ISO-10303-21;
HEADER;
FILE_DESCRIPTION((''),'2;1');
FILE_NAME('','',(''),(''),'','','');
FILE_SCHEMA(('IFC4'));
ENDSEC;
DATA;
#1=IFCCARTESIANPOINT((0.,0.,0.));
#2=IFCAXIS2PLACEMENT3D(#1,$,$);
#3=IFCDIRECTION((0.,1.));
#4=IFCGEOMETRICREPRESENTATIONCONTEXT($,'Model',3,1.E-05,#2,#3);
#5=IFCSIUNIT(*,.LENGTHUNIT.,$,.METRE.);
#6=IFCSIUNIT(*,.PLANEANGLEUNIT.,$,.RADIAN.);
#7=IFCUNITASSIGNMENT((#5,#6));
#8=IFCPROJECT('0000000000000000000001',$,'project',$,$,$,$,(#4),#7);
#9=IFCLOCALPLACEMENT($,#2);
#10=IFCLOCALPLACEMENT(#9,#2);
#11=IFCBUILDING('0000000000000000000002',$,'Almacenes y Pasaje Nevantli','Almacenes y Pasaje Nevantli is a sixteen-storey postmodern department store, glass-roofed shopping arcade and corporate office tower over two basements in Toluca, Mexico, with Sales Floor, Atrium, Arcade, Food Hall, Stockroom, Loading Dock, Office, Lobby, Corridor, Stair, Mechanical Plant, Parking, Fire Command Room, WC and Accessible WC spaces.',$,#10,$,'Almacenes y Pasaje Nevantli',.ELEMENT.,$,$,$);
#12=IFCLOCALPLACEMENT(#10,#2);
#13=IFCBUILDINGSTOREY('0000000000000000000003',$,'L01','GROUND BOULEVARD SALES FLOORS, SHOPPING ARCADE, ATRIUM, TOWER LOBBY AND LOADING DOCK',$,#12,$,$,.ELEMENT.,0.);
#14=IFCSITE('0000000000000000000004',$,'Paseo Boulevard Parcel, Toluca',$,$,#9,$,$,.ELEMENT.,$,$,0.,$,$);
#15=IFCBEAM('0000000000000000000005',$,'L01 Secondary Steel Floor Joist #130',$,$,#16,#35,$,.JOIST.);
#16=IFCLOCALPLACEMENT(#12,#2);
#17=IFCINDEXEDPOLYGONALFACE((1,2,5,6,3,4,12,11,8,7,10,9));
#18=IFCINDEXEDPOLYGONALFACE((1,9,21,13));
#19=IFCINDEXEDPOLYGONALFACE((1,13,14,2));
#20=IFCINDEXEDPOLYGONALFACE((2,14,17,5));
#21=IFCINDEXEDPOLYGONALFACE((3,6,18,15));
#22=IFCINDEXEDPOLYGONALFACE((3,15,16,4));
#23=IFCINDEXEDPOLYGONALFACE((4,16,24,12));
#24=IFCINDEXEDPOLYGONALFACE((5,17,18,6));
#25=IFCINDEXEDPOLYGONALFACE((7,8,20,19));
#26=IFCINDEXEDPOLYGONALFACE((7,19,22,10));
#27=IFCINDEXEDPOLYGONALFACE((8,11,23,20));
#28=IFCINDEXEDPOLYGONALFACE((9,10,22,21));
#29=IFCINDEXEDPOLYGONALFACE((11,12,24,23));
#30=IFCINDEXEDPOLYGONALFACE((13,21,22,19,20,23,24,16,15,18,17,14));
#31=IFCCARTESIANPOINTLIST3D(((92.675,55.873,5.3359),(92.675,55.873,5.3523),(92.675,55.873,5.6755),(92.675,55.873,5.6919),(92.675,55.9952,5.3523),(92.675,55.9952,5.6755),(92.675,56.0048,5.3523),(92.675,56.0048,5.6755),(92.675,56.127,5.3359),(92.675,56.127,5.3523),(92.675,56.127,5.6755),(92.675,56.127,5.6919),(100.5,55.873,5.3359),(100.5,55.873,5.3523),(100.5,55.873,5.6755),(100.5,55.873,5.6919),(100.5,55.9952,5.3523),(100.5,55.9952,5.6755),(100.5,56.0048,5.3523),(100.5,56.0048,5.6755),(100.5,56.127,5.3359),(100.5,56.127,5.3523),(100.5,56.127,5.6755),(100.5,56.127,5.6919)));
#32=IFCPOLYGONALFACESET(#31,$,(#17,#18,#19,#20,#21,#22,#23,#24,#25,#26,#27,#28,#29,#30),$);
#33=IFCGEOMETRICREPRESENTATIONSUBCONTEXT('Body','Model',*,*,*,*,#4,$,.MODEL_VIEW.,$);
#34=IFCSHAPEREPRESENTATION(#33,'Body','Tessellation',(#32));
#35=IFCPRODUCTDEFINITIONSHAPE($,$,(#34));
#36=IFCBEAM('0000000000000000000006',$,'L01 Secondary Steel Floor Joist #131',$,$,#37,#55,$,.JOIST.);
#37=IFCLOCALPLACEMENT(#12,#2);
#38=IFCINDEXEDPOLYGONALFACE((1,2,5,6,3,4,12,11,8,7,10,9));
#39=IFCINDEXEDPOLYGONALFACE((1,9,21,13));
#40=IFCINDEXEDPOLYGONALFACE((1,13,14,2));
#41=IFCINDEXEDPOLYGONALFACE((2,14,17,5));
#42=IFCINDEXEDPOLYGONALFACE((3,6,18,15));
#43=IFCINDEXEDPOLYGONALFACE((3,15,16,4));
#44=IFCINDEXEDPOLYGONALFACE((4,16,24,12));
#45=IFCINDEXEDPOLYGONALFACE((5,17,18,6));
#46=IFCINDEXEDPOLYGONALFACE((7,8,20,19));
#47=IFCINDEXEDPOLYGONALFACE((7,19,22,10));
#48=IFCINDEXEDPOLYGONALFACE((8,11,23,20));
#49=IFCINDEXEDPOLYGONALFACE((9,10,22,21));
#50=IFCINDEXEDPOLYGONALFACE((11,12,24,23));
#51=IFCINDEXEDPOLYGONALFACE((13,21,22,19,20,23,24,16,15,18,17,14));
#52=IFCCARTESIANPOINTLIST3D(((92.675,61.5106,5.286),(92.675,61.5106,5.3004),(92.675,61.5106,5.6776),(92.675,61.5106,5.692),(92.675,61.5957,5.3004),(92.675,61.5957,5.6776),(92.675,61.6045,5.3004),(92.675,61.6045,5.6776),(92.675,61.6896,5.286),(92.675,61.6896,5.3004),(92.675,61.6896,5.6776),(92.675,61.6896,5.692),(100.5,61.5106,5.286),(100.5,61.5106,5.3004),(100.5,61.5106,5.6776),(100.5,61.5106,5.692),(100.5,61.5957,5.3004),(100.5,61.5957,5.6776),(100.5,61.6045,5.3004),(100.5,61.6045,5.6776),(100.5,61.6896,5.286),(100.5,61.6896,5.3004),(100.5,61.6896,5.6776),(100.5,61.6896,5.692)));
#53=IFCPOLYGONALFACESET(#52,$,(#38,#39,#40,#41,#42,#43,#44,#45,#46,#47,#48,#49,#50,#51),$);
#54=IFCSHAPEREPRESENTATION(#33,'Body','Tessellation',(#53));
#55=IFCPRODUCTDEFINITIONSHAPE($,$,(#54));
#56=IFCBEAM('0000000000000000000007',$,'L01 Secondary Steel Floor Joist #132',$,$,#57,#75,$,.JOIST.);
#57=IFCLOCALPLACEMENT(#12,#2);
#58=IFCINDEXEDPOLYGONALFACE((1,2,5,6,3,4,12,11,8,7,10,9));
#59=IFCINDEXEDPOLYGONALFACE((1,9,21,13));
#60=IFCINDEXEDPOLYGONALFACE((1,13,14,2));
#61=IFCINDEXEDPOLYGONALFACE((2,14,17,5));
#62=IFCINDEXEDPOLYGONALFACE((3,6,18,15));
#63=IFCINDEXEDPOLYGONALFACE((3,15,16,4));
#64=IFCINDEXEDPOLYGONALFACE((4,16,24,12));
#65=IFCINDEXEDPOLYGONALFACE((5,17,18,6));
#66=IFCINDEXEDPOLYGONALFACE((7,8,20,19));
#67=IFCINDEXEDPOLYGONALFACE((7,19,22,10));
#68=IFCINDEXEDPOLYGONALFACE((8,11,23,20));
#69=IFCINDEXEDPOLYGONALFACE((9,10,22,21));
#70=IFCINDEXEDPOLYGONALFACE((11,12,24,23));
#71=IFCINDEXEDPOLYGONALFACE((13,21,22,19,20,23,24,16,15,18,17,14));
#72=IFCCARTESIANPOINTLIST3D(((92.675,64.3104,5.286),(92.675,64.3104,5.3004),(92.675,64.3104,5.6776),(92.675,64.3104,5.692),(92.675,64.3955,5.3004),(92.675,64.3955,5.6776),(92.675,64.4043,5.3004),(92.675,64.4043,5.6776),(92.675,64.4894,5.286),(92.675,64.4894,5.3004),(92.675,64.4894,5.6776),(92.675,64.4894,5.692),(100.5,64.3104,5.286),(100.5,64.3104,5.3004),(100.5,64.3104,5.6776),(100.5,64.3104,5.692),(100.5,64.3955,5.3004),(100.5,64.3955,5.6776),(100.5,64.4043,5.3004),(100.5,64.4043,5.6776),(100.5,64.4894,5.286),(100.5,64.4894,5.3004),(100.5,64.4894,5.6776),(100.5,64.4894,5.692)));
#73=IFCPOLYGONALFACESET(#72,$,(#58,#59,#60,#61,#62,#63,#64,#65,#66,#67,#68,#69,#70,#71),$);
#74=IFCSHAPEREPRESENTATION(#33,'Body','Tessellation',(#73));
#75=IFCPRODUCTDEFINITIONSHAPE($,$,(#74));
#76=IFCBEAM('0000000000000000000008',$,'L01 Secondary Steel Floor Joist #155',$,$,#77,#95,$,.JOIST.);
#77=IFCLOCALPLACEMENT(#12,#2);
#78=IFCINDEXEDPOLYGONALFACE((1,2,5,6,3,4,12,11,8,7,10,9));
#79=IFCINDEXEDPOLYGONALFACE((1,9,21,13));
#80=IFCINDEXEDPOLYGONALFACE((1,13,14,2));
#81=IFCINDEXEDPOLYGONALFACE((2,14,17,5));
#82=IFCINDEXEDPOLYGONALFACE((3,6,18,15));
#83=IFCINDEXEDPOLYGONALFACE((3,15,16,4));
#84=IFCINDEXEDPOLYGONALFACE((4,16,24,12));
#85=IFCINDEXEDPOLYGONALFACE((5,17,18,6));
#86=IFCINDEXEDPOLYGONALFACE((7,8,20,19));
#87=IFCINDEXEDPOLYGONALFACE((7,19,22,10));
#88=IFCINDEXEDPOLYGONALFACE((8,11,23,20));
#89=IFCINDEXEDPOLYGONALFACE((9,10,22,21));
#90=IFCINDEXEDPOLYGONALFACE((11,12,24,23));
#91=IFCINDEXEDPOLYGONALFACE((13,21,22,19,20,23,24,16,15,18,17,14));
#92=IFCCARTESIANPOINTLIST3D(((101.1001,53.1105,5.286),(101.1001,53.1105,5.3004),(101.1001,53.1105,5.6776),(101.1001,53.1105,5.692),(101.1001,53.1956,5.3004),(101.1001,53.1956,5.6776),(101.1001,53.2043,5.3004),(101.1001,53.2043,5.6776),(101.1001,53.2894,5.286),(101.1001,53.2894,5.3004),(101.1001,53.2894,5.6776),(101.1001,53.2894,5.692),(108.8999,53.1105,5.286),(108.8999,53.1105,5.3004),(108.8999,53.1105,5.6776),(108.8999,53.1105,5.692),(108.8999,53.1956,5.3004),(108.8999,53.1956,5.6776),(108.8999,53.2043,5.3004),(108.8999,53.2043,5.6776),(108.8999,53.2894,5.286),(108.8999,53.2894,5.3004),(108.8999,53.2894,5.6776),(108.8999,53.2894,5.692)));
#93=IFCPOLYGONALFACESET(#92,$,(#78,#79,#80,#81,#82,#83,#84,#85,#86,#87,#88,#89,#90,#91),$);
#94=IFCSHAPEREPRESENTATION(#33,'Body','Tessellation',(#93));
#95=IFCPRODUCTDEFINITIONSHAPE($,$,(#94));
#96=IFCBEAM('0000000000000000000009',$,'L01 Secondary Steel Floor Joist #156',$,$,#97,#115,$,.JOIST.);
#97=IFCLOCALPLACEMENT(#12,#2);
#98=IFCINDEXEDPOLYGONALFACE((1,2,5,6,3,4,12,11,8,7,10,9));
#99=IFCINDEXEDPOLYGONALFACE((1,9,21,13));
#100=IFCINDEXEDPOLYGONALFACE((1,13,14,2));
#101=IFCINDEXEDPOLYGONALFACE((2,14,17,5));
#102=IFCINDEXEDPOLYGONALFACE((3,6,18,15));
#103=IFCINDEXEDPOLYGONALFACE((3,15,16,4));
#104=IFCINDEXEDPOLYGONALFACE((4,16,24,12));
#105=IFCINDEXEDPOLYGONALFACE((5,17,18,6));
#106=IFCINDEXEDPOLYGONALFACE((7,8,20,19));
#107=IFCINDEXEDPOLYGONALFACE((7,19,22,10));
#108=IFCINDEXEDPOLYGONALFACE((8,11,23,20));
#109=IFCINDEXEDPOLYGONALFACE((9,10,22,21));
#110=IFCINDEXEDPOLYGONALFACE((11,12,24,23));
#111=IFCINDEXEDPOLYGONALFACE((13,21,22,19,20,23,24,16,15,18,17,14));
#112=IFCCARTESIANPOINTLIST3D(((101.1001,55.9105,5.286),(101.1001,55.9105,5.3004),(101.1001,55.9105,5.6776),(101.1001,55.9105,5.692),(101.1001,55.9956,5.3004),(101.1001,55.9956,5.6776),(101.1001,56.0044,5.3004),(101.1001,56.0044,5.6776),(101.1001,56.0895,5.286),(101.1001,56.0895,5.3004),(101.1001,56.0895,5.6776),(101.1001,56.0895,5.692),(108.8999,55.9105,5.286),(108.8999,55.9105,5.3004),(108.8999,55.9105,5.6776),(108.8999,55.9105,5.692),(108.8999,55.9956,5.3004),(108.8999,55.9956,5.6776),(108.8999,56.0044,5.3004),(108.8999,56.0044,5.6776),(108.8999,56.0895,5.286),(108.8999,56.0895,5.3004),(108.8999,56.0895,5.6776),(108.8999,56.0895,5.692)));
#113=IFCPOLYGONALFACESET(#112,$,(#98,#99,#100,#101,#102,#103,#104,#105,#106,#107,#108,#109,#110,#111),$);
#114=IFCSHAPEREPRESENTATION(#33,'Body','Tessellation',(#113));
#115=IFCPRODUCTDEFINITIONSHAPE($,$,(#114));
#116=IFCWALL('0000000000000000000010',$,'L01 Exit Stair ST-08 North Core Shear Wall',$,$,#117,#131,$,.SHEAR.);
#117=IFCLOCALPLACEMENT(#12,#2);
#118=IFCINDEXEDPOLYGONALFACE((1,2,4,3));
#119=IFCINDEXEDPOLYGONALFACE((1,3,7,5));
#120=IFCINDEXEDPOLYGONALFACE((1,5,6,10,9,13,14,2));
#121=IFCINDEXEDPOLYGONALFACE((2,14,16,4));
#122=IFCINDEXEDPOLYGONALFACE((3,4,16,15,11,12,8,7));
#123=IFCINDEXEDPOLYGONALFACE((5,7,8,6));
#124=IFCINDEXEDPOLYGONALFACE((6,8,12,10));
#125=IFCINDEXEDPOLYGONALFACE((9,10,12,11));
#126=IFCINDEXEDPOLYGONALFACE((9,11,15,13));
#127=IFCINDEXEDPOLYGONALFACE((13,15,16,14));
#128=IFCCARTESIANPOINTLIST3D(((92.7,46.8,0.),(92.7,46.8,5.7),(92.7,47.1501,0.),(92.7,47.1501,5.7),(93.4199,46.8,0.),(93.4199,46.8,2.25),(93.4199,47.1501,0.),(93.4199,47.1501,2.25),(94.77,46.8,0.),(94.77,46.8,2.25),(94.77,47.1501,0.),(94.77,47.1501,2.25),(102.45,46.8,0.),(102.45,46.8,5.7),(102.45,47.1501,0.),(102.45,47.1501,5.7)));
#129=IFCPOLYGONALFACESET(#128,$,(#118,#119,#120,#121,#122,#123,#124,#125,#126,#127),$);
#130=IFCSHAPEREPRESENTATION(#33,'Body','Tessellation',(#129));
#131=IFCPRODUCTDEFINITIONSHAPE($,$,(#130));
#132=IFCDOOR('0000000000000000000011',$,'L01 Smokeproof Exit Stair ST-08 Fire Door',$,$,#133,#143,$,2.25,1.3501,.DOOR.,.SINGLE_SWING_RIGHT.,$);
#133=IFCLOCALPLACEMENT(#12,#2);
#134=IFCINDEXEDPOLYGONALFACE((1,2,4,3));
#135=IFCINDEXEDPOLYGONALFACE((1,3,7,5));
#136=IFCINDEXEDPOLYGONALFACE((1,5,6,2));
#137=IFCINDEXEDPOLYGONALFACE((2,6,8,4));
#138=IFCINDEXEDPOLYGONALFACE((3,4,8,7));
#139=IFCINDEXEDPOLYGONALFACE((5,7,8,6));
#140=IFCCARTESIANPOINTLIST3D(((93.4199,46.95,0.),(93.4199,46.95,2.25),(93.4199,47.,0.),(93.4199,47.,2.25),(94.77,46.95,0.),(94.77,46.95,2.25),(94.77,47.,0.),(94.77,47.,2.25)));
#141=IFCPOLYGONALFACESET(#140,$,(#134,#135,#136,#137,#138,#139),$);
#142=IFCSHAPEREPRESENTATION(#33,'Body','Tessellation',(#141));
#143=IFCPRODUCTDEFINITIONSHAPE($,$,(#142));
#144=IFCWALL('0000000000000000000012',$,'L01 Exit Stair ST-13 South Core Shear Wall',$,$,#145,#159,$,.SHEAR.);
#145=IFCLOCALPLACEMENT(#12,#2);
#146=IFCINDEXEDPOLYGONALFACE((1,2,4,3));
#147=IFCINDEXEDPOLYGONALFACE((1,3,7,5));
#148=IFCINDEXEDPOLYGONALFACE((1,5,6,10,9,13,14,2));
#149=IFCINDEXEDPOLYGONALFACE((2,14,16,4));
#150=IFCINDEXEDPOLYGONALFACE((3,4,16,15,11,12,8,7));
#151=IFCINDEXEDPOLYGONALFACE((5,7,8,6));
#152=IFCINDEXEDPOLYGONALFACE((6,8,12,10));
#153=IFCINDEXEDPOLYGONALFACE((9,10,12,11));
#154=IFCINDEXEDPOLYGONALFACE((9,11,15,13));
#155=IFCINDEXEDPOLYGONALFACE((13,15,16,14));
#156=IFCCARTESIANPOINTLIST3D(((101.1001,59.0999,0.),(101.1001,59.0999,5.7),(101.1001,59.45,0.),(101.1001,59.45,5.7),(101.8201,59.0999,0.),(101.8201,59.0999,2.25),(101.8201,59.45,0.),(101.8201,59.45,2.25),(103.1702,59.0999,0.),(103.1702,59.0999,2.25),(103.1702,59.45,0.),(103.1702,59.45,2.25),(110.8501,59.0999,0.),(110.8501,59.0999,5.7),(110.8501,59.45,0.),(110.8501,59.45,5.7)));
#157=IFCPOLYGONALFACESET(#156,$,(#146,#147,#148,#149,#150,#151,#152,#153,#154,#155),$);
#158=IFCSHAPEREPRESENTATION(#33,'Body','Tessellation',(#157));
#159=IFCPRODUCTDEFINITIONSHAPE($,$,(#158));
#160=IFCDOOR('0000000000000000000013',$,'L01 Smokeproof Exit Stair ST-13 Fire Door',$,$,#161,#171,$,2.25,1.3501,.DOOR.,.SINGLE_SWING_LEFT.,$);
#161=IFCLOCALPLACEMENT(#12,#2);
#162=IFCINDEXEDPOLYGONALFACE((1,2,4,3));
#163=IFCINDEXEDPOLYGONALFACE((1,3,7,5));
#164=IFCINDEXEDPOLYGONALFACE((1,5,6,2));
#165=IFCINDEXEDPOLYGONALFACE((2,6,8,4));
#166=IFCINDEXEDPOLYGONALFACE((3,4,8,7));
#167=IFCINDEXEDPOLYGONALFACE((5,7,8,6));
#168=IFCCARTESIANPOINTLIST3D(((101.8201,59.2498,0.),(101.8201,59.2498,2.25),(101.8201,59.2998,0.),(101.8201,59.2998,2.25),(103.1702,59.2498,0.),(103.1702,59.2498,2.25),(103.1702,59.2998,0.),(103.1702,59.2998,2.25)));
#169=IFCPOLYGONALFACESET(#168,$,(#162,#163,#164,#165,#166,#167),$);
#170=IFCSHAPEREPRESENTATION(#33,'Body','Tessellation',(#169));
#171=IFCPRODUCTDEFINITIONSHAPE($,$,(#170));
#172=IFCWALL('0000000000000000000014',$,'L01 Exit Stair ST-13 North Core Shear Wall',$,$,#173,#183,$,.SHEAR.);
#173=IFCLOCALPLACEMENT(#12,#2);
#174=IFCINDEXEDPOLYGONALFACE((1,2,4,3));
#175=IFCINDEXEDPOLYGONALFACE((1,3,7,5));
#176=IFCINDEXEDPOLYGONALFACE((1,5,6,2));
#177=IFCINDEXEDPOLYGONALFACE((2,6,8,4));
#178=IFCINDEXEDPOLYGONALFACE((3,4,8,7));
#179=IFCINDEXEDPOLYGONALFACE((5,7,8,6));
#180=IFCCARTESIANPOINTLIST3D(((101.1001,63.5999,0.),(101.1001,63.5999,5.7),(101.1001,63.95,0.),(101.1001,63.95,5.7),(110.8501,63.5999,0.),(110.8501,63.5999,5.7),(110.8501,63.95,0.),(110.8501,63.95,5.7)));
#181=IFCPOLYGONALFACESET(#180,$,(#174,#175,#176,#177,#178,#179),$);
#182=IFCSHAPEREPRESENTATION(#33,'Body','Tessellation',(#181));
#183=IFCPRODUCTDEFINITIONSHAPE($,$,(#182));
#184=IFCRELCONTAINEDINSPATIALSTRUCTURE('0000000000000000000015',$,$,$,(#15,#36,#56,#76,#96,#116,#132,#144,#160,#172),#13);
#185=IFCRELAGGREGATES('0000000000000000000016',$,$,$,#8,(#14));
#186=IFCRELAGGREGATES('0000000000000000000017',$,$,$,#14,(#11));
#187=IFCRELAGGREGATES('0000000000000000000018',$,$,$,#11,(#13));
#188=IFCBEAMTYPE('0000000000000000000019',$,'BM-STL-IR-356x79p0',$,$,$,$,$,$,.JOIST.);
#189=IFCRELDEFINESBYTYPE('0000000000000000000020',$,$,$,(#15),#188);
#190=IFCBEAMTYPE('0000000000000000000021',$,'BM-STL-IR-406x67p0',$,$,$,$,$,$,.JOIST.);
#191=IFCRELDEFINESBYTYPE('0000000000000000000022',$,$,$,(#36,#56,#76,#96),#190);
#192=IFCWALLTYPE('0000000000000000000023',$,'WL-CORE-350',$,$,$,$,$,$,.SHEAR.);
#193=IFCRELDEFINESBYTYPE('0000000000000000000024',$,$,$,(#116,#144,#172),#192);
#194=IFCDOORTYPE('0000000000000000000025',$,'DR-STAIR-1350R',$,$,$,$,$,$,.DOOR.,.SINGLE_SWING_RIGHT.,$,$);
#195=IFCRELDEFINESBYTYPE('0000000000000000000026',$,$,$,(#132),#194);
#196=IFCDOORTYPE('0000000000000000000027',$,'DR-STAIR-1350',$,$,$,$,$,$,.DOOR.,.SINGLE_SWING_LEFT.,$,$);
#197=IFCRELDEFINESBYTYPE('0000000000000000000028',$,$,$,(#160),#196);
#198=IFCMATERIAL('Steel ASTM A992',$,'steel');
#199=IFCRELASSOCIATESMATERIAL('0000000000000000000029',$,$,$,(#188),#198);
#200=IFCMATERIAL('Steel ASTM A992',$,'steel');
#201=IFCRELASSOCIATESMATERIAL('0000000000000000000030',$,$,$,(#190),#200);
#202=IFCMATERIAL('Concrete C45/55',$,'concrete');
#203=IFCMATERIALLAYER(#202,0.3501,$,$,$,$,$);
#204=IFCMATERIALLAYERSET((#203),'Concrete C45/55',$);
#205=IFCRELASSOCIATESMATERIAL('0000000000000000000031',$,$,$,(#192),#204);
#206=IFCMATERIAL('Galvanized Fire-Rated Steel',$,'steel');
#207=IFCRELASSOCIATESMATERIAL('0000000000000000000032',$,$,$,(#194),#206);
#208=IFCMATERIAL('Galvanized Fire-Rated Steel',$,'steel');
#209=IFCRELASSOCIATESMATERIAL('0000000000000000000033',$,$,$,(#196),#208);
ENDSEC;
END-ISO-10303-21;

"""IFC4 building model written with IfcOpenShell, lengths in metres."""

from ifc_helpers import new_model, si_unit, direction, frame, frame_2d, origin, origin_2d, place, context, subcontext, project, spatial, rectangle, i_section, extrude, material, layer, layer_set, material_profile, profile_set, type_object, element, fill, save


model = new_model("IFC4")

# Units and contexts
model_context = context("Model", 3, precision=1e-05, world=origin(), true_north=direction((0.0, 1.0)))
body_context = subcontext(model_context, "Body", "Model", "MODEL_VIEW")
ifc_project = project(units=[si_unit("LENGTHUNIT", "METRE"), si_unit("PLANEANGLEUNIT", "RADIAN")], contexts=[model_context])

# Site, building, storey
site_placement = place(None, origin())
site = spatial("IfcSite", under=ifc_project, at=site_placement, Name="Paseo Boulevard Parcel, Toluca", CompositionType="ELEMENT", RefElevation=0.0)
building_placement = place(site_placement, origin())
building = spatial("IfcBuilding", under=site, at=building_placement, Name="Almacenes y Pasaje Nevantli", Description="Almacenes y Pasaje Nevantli is a sixteen-storey postmodern department store, glass-roofed shopping arcade and corporate office tower over two basements in Toluca, Mexico, with Sales Floor, Atrium, Arcade, Food Hall, Stockroom, Loading Dock, Office, Lobby, Corridor, Stair, Mechanical Plant, Parking, Fire Command Room, WC and Accessible WC spaces.", LongName="Almacenes y Pasaje Nevantli", CompositionType="ELEMENT")
storey_placement = place(building_placement, origin())
storey = spatial("IfcBuildingStorey", under=building, at=storey_placement, Name="L01", Description="GROUND BOULEVARD SALES FLOORS, SHOPPING ARCADE, ATRIUM, TOWER LOBBY AND LOADING DOCK", CompositionType="ELEMENT", Elevation=0.0)

# Beams
ifc_material_1 = material(Name="Steel ASTM A992", Category="steel")
ifc_material_profile_1 = material_profile(ifc_material_1, i_section(OverallWidth=0.2539, OverallDepth=0.356, WebThickness=0.0095, FlangeThickness=0.0164, at=origin_2d()), Name="IR 356x79.0")
ifc_profile_set_1 = profile_set([ifc_material_profile_1], Name="Steel ASTM A992")
beam_type_1 = type_object("IfcBeamType", Name="BM-STL-IR-356x79p0", PredefinedType="JOIST", material=ifc_profile_set_1)
for number, where, z_axis, x_axis, name in (
    (1, (92.675, 56.0, 5.5139), (1.0, 0.0, 0.0), (0.0, 1.0, 0.0), "L01 Secondary Steel Floor Joist #130"),
):
    element("IfcBeam", number, at=place(storey_placement, frame(where, z_axis=z_axis, x_axis=x_axis)), inside=storey, type_object=beam_type_1, Name=name, PredefinedType="JOIST", context=body_context, shape_type="SweptSolid", body=[
        extrude(i_section(OverallWidth=0.2539, OverallDepth=0.356, WebThickness=0.0095, FlangeThickness=0.0164, at=origin_2d()), origin(), (0.0, 0.0, 1.0), 7.825),
    ])
ifc_material_2 = material(Name="Steel ASTM A992", Category="steel")
ifc_material_profile_2 = material_profile(ifc_material_2, i_section(OverallWidth=0.179, OverallDepth=0.406, WebThickness=0.0088, FlangeThickness=0.0144, at=origin_2d()), Name="IR 406x67.0")
ifc_profile_set_2 = profile_set([ifc_material_profile_2], Name="Steel ASTM A992")
beam_type_2 = type_object("IfcBeamType", Name="BM-STL-IR-406x67p0", PredefinedType="JOIST", material=ifc_profile_set_2)
for number, where, z_axis, x_axis, name in (
    (2, (92.675, 61.6001, 5.489), (1.0, 0.0, 0.0), (0.0, 1.0, 0.0), "L01 Secondary Steel Floor Joist #131"),
    (3, (92.675, 64.3999, 5.489), (1.0, 0.0, 0.0), (0.0, 1.0, 0.0), "L01 Secondary Steel Floor Joist #132"),
):
    element("IfcBeam", number, at=place(storey_placement, frame(where, z_axis=z_axis, x_axis=x_axis)), inside=storey, type_object=beam_type_2, Name=name, PredefinedType="JOIST", context=body_context, shape_type="SweptSolid", body=[
        extrude(i_section(OverallWidth=0.179, OverallDepth=0.406, WebThickness=0.0088, FlangeThickness=0.0144, at=origin_2d()), origin(), (0.0, 0.0, 1.0), 7.825),
    ])
for number, where, z_axis, x_axis, name in (
    (4, (101.1001, 53.2, 5.489), (1.0, 0.0, 0.0), (0.0, 1.0, 0.0), "L01 Secondary Steel Floor Joist #155"),
    (5, (101.1001, 56.0, 5.489), (1.0, 0.0, 0.0), (0.0, 1.0, 0.0), "L01 Secondary Steel Floor Joist #156"),
):
    element("IfcBeam", number, at=place(storey_placement, frame(where, z_axis=z_axis, x_axis=x_axis)), inside=storey, type_object=beam_type_2, Name=name, PredefinedType="JOIST", context=body_context, shape_type="SweptSolid", body=[
        extrude(i_section(OverallWidth=0.179, OverallDepth=0.406, WebThickness=0.0088, FlangeThickness=0.0144, at=origin_2d()), origin(), (0.0, 0.0, 1.0), 7.7998),
    ])

# Walls, openings, doors
ifc_material_3 = material(Name="Concrete C45/55", Category="concrete")
ifc_layer_1 = layer(ifc_material_3, 0.3501)
ifc_layer_set_1 = layer_set([ifc_layer_1], Name="Concrete C45/55")
wall_type = type_object("IfcWallType", Name="WL-CORE-350", PredefinedType="SHEAR", material=ifc_layer_set_1)
wall_1_placement = place(storey_placement, frame((92.7, 46.9751, 0.0), z_axis=(0.0, 0.0, 1.0), x_axis=(1.0, 0.0, 0.0)))
wall_1 = element("IfcWall", 6, at=wall_1_placement, inside=storey, type_object=wall_type, Name="L01 Exit Stair ST-08 North Core Shear Wall", PredefinedType="SHEAR", context=body_context, shape_type="SweptSolid", body=[
    extrude(rectangle(XDim=9.75, YDim=0.3501, at=frame_2d((4.875, 0.0))), origin(), (0.0, 0.0, 1.0), 5.7),
])
opening_1_placement = place(wall_1_placement, frame((0.72, 0.0, 0.0)))
opening_1 = element("IfcOpeningElement", 7, at=opening_1_placement, cuts=wall_1, PredefinedType="OPENING", context=body_context, shape_type="SweptSolid", body=[
    extrude(rectangle(XDim=1.3501, YDim=2.25, at=frame_2d((0.675, 1.125))), frame((0.0, 0.1851, 0.0), z_axis=(0.0, -1.0, 0.0), x_axis=(1.0, 0.0, 0.0)), (0.0, 0.0, 1.0), 0.3701),
])
ifc_material_4 = material(Name="Galvanized Fire-Rated Steel", Category="steel")
door_type_1 = type_object("IfcDoorType", Name="DR-STAIR-1350R", OperationType="SINGLE_SWING_RIGHT", PredefinedType="DOOR", material=ifc_material_4)
door_1_placement = place(opening_1_placement, origin())
door_1 = element("IfcDoor", 8, at=door_1_placement, inside=storey, type_object=door_type_1, Name="L01 Smokeproof Exit Stair ST-08 Fire Door", OperationType="SINGLE_SWING_RIGHT", OverallHeight=2.25, OverallWidth=1.3501, PredefinedType="DOOR", context=body_context, shape_type="SweptSolid", body=[
    extrude(rectangle(XDim=1.3501, YDim=2.25, at=frame_2d((0.675, 1.125))), frame((0.0, 0.0249, 0.0), z_axis=(0.0, -1.0, 0.0), x_axis=(1.0, 0.0, 0.0)), (0.0, 0.0, 1.0), 0.05),
])
fill(opening_1, door_1)
wall_2_placement = place(storey_placement, frame((101.1001, 59.2749, 0.0), z_axis=(0.0, 0.0, 1.0), x_axis=(1.0, 0.0, 0.0)))
wall_2 = element("IfcWall", 9, at=wall_2_placement, inside=storey, type_object=wall_type, Name="L01 Exit Stair ST-13 South Core Shear Wall", PredefinedType="SHEAR", context=body_context, shape_type="SweptSolid", body=[
    extrude(rectangle(XDim=9.75, YDim=0.3501, at=frame_2d((4.875, 0.0))), origin(), (0.0, 0.0, 1.0), 5.7),
])
opening_2_placement = place(wall_2_placement, frame((0.72, 0.0, 0.0)))
opening_2 = element("IfcOpeningElement", 10, at=opening_2_placement, cuts=wall_2, PredefinedType="OPENING", context=body_context, shape_type="SweptSolid", body=[
    extrude(rectangle(XDim=1.3501, YDim=2.25, at=frame_2d((0.675, 1.125))), frame((0.0, 0.1851, 0.0), z_axis=(0.0, -1.0, 0.0), x_axis=(1.0, 0.0, 0.0)), (0.0, 0.0, 1.0), 0.3701),
])
ifc_material_5 = material(Name="Galvanized Fire-Rated Steel", Category="steel")
door_type_2 = type_object("IfcDoorType", Name="DR-STAIR-1350", OperationType="SINGLE_SWING_LEFT", PredefinedType="DOOR", material=ifc_material_5)
door_2_placement = place(opening_2_placement, origin())
door_2 = element("IfcDoor", 11, at=door_2_placement, inside=storey, type_object=door_type_2, Name="L01 Smokeproof Exit Stair ST-13 Fire Door", OperationType="SINGLE_SWING_LEFT", OverallHeight=2.25, OverallWidth=1.3501, PredefinedType="DOOR", context=body_context, shape_type="SweptSolid", body=[
    extrude(rectangle(XDim=1.3501, YDim=2.25, at=frame_2d((0.675, 1.125))), frame((0.0, 0.0249, 0.0), z_axis=(0.0, -1.0, 0.0), x_axis=(1.0, 0.0, 0.0)), (0.0, 0.0, 1.0), 0.05),
])
fill(opening_2, door_2)

# Wall
wall_3_placement = place(storey_placement, frame((101.1001, 63.7749, 0.0), z_axis=(0.0, 0.0, 1.0), x_axis=(1.0, 0.0, 0.0)))
element("IfcWall", 12, at=wall_3_placement, inside=storey, type_object=wall_type, Name="L01 Exit Stair ST-13 North Core Shear Wall", PredefinedType="SHEAR", context=body_context, shape_type="SweptSolid", body=[
    extrude(rectangle(XDim=9.75, YDim=0.3501, at=frame_2d((4.875, 0.0))), origin(), (0.0, 0.0, 1.0), 5.7),
])

save(model, "model.ifc")
